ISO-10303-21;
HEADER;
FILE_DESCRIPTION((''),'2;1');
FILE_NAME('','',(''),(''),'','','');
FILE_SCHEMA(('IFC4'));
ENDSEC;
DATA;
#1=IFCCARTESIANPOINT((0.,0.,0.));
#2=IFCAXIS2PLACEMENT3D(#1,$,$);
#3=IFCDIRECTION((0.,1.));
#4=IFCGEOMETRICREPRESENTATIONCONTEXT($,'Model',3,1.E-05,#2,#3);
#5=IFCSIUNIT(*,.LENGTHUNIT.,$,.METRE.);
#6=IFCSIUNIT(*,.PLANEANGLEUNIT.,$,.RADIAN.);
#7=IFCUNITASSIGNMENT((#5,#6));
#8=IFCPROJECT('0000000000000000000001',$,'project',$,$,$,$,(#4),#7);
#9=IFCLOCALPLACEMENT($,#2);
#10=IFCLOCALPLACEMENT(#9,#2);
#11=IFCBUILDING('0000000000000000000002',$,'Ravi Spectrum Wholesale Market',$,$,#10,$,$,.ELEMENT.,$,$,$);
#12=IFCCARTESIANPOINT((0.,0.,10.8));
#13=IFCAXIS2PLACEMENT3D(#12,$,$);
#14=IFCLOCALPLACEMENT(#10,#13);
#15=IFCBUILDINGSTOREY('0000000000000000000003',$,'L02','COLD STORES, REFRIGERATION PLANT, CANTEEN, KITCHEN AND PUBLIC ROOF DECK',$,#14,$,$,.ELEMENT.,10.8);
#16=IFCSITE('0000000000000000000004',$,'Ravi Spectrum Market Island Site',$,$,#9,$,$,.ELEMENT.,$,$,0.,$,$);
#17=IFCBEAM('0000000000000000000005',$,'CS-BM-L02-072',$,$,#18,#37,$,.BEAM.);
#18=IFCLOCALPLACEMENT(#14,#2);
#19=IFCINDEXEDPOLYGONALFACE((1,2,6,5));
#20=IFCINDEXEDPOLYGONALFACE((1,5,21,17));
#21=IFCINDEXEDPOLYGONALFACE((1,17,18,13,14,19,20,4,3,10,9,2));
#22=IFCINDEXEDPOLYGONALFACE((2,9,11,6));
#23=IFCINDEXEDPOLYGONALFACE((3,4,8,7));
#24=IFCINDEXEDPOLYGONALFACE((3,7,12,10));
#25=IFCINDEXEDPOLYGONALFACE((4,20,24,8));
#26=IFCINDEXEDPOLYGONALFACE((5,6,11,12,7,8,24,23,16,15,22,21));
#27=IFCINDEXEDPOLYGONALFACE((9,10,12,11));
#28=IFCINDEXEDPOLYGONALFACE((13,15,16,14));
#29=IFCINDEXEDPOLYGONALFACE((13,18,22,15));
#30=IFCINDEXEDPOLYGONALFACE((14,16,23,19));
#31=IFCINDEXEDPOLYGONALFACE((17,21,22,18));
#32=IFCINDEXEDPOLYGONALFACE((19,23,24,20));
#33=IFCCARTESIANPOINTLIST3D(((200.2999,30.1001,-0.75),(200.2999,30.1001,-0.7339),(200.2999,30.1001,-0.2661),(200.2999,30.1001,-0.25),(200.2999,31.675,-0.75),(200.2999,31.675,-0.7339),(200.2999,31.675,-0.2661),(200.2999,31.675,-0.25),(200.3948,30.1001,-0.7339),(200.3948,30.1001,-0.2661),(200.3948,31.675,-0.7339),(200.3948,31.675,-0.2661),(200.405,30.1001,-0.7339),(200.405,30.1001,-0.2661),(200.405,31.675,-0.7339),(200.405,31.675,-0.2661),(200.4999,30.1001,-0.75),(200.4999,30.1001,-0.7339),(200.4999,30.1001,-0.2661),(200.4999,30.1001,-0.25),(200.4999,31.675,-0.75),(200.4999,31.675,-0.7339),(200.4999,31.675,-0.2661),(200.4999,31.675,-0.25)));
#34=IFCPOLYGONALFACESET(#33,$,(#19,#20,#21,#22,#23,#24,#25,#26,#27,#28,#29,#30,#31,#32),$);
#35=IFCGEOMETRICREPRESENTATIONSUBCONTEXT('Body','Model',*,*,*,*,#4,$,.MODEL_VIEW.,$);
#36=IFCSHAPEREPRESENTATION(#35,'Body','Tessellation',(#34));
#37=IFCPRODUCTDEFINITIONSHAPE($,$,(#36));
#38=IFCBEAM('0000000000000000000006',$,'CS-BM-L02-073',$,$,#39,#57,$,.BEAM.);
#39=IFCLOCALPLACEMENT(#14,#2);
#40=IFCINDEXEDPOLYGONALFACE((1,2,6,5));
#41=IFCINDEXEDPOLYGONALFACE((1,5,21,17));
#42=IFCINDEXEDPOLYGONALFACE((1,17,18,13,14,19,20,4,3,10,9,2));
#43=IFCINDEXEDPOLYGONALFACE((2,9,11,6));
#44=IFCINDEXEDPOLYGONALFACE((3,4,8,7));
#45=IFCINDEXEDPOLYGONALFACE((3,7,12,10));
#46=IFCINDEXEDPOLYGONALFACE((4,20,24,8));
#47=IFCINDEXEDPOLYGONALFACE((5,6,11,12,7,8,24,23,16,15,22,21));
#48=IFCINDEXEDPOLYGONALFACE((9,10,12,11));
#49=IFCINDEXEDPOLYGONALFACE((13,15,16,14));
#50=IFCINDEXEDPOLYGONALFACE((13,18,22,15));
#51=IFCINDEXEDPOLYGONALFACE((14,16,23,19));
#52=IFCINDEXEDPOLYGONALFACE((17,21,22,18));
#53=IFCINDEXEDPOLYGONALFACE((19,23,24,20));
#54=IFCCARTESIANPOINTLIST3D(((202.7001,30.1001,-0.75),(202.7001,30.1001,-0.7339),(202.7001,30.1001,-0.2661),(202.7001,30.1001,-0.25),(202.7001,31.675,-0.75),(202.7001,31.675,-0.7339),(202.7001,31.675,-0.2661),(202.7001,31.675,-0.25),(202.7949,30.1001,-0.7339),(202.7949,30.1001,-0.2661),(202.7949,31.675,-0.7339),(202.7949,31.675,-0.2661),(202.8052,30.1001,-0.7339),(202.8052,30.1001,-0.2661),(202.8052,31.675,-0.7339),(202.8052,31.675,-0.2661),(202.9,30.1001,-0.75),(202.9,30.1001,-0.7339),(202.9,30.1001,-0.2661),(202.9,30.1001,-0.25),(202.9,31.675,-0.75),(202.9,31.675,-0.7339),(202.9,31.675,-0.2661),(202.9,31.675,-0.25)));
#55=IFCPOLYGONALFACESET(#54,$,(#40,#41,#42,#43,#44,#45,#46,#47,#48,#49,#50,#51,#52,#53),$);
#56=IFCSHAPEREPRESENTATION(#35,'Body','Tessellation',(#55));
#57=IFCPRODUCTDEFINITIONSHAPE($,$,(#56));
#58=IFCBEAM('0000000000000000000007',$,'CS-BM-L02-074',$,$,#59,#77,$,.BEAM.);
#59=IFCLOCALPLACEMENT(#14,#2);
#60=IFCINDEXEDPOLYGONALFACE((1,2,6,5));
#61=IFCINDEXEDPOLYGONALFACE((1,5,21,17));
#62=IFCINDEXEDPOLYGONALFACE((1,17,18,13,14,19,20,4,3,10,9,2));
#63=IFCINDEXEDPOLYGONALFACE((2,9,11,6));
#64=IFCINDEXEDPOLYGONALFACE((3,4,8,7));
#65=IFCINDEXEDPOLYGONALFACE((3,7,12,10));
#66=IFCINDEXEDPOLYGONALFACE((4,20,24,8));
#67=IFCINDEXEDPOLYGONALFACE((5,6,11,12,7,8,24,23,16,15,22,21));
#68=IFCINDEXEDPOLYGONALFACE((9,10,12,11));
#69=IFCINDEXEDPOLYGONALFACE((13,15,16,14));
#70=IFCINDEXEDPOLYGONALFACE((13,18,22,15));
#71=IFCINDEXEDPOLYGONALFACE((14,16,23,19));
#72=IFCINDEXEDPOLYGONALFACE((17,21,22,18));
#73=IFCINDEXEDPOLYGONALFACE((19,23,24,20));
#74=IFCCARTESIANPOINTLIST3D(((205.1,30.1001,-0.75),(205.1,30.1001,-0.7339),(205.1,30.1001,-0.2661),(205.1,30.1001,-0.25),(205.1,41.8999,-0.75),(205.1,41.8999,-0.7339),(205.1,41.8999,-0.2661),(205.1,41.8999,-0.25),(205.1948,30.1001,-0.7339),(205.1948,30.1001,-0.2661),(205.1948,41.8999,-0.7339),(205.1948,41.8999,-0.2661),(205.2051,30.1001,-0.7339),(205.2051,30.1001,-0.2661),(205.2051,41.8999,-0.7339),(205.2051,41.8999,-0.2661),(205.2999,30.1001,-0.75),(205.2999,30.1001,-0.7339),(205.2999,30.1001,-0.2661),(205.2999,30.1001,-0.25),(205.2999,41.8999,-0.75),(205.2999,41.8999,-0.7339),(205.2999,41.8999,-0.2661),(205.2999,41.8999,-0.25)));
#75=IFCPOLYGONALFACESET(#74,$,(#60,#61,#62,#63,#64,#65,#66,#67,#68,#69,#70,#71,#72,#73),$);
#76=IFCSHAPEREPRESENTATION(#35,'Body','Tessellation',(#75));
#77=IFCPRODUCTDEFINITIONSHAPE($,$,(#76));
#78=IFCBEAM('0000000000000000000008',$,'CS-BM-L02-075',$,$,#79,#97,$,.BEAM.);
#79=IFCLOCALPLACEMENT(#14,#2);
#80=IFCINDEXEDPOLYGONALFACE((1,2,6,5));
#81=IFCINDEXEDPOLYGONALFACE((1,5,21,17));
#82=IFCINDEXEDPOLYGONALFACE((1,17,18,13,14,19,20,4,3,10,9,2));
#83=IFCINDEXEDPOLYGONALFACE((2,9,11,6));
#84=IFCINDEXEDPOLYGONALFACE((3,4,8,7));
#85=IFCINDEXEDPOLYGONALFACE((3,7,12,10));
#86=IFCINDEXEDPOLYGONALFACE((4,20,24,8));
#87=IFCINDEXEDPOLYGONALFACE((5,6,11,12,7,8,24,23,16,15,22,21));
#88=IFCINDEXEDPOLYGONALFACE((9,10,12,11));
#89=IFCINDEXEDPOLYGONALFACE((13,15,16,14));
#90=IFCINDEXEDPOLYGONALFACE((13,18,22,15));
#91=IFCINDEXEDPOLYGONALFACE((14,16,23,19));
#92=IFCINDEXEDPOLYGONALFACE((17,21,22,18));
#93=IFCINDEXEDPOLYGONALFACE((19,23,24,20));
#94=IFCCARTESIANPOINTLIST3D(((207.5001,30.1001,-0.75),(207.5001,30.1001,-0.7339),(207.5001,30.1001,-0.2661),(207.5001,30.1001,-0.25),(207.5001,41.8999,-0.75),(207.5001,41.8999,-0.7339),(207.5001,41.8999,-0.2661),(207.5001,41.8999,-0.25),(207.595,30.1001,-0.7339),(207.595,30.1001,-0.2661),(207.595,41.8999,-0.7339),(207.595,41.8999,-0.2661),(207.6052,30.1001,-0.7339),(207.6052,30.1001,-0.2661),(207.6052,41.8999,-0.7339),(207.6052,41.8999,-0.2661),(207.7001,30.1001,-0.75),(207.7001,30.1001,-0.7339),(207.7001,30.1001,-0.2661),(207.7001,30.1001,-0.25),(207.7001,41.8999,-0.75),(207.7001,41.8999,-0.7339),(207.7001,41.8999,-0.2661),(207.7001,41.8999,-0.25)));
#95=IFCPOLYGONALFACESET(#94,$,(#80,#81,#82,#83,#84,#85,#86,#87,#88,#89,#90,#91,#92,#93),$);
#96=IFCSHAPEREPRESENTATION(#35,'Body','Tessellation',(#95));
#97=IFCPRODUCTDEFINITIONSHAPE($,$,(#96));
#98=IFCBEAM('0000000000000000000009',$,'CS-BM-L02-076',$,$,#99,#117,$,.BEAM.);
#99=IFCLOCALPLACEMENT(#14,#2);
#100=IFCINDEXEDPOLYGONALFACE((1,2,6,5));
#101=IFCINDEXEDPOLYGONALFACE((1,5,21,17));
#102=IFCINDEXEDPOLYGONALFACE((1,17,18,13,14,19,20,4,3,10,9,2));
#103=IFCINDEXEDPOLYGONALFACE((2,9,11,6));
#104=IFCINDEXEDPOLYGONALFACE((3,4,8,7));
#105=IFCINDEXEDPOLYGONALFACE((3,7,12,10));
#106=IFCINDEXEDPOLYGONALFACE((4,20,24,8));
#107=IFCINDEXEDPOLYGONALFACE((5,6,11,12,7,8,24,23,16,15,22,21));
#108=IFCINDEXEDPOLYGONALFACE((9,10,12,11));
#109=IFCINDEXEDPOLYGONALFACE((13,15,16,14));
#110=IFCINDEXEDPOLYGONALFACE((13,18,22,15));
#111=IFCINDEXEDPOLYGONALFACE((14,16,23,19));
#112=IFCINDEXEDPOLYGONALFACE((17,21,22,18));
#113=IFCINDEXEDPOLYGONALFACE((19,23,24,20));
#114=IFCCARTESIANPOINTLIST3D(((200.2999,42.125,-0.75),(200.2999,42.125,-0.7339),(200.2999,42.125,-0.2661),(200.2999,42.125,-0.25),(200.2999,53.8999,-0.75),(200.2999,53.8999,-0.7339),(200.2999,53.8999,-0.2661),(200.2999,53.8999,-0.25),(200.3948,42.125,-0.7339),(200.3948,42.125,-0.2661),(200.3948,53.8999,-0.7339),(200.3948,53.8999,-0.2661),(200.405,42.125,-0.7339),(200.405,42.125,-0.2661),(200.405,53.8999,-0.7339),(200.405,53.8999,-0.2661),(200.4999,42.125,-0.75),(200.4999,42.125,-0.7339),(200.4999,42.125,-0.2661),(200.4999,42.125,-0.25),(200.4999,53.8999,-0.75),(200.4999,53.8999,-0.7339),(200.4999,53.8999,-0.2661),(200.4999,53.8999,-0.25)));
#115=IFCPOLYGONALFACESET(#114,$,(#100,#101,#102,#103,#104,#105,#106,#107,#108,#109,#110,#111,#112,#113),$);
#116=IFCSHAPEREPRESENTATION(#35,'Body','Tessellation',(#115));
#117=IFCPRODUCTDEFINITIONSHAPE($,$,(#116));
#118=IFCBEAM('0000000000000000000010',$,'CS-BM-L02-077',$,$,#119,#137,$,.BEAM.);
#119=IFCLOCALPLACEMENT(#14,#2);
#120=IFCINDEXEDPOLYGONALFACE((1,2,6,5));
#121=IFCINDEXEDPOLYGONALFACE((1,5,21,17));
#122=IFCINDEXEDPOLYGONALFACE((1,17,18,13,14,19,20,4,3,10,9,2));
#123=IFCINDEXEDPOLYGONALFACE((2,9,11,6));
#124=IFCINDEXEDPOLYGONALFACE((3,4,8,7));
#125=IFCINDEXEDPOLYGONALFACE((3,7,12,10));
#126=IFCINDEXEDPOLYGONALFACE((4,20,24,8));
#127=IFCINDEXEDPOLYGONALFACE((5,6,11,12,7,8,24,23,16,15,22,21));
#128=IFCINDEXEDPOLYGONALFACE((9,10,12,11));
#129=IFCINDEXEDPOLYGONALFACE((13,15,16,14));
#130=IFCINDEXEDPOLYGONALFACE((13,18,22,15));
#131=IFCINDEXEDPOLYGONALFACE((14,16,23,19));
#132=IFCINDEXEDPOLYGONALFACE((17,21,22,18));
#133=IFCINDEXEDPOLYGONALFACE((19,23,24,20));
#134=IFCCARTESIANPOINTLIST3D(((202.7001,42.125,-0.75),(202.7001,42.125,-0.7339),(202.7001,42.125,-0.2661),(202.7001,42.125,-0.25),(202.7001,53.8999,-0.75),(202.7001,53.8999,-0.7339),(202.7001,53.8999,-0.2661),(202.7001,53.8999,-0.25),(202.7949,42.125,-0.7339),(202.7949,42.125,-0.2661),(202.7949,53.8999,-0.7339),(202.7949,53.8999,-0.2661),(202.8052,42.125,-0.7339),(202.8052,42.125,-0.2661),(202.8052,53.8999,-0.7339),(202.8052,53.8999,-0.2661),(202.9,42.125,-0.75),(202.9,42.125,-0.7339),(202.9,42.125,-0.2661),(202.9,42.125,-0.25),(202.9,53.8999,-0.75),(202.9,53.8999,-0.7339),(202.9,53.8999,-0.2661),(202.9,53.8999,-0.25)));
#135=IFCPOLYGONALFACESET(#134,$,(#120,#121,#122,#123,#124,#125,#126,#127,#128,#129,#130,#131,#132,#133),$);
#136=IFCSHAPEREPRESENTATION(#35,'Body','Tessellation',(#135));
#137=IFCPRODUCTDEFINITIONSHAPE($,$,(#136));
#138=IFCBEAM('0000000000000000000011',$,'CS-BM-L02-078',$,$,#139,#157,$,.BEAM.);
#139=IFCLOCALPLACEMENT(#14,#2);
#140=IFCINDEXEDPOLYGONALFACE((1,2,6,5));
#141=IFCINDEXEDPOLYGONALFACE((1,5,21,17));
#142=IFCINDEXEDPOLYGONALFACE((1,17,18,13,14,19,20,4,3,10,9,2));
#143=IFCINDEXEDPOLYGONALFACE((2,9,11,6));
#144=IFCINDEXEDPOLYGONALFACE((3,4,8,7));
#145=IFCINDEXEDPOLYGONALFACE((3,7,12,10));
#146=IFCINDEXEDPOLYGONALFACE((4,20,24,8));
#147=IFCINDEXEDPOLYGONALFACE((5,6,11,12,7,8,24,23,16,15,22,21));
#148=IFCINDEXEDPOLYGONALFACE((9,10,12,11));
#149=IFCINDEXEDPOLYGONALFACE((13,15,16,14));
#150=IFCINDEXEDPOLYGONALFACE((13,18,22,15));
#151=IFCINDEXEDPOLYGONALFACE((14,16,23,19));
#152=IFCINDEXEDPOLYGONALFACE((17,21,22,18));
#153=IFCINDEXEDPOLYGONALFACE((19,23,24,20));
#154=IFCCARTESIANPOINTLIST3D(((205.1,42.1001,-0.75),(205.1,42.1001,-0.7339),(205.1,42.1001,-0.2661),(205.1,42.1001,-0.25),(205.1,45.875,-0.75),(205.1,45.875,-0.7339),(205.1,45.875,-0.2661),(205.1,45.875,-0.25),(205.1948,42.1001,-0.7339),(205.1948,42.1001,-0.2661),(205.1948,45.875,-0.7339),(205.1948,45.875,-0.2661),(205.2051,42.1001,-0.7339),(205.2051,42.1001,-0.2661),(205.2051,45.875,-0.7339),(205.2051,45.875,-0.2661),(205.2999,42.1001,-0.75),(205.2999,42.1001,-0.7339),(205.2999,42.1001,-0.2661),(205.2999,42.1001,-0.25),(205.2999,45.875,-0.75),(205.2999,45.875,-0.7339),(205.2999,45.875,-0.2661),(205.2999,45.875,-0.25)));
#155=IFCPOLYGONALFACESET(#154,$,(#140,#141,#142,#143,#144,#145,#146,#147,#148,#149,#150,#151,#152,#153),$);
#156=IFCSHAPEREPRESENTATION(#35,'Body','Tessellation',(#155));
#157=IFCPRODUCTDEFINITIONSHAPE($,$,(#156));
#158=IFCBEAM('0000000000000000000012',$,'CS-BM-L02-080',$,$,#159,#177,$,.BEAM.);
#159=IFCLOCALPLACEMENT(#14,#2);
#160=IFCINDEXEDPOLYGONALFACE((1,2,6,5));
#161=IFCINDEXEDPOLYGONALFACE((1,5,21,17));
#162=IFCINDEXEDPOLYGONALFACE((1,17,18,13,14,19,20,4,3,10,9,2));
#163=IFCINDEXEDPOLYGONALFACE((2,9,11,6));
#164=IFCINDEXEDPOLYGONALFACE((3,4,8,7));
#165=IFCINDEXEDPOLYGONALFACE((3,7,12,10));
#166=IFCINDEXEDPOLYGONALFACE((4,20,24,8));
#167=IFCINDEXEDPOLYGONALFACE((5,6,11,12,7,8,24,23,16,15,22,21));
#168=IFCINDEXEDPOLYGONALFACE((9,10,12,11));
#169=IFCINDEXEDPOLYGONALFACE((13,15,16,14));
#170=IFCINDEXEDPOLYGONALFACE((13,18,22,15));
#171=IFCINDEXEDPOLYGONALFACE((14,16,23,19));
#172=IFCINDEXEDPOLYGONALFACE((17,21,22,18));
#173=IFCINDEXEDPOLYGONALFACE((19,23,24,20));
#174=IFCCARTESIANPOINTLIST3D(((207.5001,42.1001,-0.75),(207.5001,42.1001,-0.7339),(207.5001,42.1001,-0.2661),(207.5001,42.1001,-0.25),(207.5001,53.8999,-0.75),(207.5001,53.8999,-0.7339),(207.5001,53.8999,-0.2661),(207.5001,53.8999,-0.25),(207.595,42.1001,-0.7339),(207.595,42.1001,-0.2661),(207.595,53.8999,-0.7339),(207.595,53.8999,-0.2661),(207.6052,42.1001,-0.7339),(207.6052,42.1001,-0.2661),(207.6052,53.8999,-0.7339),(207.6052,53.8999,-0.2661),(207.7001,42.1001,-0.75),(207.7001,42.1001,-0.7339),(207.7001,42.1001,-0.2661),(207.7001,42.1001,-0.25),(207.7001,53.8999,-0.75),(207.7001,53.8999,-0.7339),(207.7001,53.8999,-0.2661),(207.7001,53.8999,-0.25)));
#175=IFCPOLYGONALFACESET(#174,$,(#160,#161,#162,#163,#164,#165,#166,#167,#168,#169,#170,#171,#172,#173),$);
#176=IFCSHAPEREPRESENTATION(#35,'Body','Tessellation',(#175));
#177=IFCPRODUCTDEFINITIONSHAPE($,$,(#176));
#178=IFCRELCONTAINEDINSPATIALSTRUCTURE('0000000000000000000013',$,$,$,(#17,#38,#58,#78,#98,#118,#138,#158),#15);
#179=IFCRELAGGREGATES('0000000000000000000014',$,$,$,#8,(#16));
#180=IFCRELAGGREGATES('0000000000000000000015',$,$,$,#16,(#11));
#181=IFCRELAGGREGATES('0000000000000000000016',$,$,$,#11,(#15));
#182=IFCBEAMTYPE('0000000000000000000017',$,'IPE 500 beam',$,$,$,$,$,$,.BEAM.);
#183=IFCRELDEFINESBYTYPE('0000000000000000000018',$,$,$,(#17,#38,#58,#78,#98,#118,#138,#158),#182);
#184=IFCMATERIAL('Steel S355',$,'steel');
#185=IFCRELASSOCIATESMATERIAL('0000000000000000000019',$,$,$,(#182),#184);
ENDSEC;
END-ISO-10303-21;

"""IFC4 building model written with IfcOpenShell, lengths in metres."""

from ifc_helpers import new_model, si_unit, direction, frame, origin, origin_2d, place, context, subcontext, project, spatial, i_section, extrude, material, material_profile, profile_set, type_object, element, save


model = new_model("IFC4")

# Units and contexts
model_context = context("Model", 3, precision=1e-05, world=origin(), true_north=direction((0.0, 1.0)))
body_context = subcontext(model_context, "Body", "Model", "MODEL_VIEW")
ifc_project = project(units=[si_unit("LENGTHUNIT", "METRE"), si_unit("PLANEANGLEUNIT", "RADIAN")], contexts=[model_context])

# Site, building, storey
site_placement = place(None, origin())
site = spatial("IfcSite", under=ifc_project, at=site_placement, Name="Ravi Spectrum Market Island Site", CompositionType="ELEMENT", RefElevation=0.0)
building_placement = place(site_placement, origin())
building = spatial("IfcBuilding", under=site, at=building_placement, Name="Ravi Spectrum Wholesale Market", CompositionType="ELEMENT")
storey_placement = place(building_placement, frame((0.0, 0.0, 10.8)))
storey = spatial("IfcBuildingStorey", under=building, at=storey_placement, Name="L02", Description="COLD STORES, REFRIGERATION PLANT, CANTEEN, KITCHEN AND PUBLIC ROOF DECK", CompositionType="ELEMENT", Elevation=10.8)

# Beams
ifc_material_1 = material(Name="Steel S355", Category="steel")
ifc_material_profile_1 = material_profile(ifc_material_1, i_section(OverallWidth=0.2, OverallDepth=0.5, WebThickness=0.0103, FlangeThickness=0.0161, at=origin_2d()))
ifc_profile_set_1 = profile_set([ifc_material_profile_1], Name="Steel S355")
beam_type_1 = type_object("IfcBeamType", Name="IPE 500 beam", PredefinedType="BEAM", material=ifc_profile_set_1)
for number, where, z_axis, x_axis, name in (
    (1, (200.3999, 30.1001, -0.5), (0.0, 1.0, 0.0), (-1.0, 0.0, 0.0), "CS-BM-L02-072"),
    (2, (202.8, 30.1001, -0.5), (0.0, 1.0, 0.0), (-1.0, 0.0, 0.0), "CS-BM-L02-073"),
):
    element("IfcBeam", number, at=place(storey_placement, frame(where, z_axis=z_axis, x_axis=x_axis)), inside=storey, type_object=beam_type_1, Name=name, PredefinedType="BEAM", context=body_context, shape_type="SweptSolid", body=[
        extrude(i_section(OverallWidth=0.2, OverallDepth=0.5, WebThickness=0.0103, FlangeThickness=0.0161, at=origin_2d()), origin(), (0.0, 0.0, 1.0), 1.575),
    ])
for number, where, z_axis, x_axis, name in (
    (3, (205.2, 30.1001, -0.5), (0.0, 1.0, 0.0), (-1.0, 0.0, 0.0), "CS-BM-L02-074"),
    (4, (207.6001, 30.1001, -0.5), (0.0, 1.0, 0.0), (-1.0, 0.0, 0.0), "CS-BM-L02-075"),
):
    element("IfcBeam", number, at=place(storey_placement, frame(where, z_axis=z_axis, x_axis=x_axis)), inside=storey, type_object=beam_type_1, Name=name, PredefinedType="BEAM", context=body_context, shape_type="SweptSolid", body=[
        extrude(i_section(OverallWidth=0.2, OverallDepth=0.5, WebThickness=0.0103, FlangeThickness=0.0161, at=origin_2d()), origin(), (0.0, 0.0, 1.0), 11.7998),
    ])
for number, where, z_axis, x_axis, name in (
    (5, (200.3999, 42.125, -0.5), (0.0, 1.0, 0.0), (-1.0, 0.0, 0.0), "CS-BM-L02-076"),
    (6, (202.8, 42.125, -0.5), (0.0, 1.0, 0.0), (-1.0, 0.0, 0.0), "CS-BM-L02-077"),
):
    element("IfcBeam", number, at=place(storey_placement, frame(where, z_axis=z_axis, x_axis=x_axis)), inside=storey, type_object=beam_type_1, Name=name, PredefinedType="BEAM", context=body_context, shape_type="SweptSolid", body=[
        extrude(i_section(OverallWidth=0.2, OverallDepth=0.5, WebThickness=0.0103, FlangeThickness=0.0161, at=origin_2d()), origin(), (0.0, 0.0, 1.0), 11.7749),
    ])
beam_1_placement = place(storey_placement, frame((205.2, 42.1001, -0.5), z_axis=(0.0, 1.0, 0.0), x_axis=(-1.0, 0.0, 0.0)))
element("IfcBeam", 7, at=beam_1_placement, inside=storey, type_object=beam_type_1, Name="CS-BM-L02-078", PredefinedType="BEAM", context=body_context, shape_type="SweptSolid", body=[
    extrude(i_section(OverallWidth=0.2, OverallDepth=0.5, WebThickness=0.0103, FlangeThickness=0.0161, at=origin_2d()), origin(), (0.0, 0.0, 1.0), 3.7749),
])
beam_2_placement = place(storey_placement, frame((207.6001, 42.1001, -0.5), z_axis=(0.0, 1.0, 0.0), x_axis=(-1.0, 0.0, 0.0)))
element("IfcBeam", 8, at=beam_2_placement, inside=storey, type_object=beam_type_1, Name="CS-BM-L02-080", PredefinedType="BEAM", context=body_context, shape_type="SweptSolid", body=[
    extrude(i_section(OverallWidth=0.2, OverallDepth=0.5, WebThickness=0.0103, FlangeThickness=0.0161, at=origin_2d()), origin(), (0.0, 0.0, 1.0), 11.7998),
])

save(model, "model.ifc")
